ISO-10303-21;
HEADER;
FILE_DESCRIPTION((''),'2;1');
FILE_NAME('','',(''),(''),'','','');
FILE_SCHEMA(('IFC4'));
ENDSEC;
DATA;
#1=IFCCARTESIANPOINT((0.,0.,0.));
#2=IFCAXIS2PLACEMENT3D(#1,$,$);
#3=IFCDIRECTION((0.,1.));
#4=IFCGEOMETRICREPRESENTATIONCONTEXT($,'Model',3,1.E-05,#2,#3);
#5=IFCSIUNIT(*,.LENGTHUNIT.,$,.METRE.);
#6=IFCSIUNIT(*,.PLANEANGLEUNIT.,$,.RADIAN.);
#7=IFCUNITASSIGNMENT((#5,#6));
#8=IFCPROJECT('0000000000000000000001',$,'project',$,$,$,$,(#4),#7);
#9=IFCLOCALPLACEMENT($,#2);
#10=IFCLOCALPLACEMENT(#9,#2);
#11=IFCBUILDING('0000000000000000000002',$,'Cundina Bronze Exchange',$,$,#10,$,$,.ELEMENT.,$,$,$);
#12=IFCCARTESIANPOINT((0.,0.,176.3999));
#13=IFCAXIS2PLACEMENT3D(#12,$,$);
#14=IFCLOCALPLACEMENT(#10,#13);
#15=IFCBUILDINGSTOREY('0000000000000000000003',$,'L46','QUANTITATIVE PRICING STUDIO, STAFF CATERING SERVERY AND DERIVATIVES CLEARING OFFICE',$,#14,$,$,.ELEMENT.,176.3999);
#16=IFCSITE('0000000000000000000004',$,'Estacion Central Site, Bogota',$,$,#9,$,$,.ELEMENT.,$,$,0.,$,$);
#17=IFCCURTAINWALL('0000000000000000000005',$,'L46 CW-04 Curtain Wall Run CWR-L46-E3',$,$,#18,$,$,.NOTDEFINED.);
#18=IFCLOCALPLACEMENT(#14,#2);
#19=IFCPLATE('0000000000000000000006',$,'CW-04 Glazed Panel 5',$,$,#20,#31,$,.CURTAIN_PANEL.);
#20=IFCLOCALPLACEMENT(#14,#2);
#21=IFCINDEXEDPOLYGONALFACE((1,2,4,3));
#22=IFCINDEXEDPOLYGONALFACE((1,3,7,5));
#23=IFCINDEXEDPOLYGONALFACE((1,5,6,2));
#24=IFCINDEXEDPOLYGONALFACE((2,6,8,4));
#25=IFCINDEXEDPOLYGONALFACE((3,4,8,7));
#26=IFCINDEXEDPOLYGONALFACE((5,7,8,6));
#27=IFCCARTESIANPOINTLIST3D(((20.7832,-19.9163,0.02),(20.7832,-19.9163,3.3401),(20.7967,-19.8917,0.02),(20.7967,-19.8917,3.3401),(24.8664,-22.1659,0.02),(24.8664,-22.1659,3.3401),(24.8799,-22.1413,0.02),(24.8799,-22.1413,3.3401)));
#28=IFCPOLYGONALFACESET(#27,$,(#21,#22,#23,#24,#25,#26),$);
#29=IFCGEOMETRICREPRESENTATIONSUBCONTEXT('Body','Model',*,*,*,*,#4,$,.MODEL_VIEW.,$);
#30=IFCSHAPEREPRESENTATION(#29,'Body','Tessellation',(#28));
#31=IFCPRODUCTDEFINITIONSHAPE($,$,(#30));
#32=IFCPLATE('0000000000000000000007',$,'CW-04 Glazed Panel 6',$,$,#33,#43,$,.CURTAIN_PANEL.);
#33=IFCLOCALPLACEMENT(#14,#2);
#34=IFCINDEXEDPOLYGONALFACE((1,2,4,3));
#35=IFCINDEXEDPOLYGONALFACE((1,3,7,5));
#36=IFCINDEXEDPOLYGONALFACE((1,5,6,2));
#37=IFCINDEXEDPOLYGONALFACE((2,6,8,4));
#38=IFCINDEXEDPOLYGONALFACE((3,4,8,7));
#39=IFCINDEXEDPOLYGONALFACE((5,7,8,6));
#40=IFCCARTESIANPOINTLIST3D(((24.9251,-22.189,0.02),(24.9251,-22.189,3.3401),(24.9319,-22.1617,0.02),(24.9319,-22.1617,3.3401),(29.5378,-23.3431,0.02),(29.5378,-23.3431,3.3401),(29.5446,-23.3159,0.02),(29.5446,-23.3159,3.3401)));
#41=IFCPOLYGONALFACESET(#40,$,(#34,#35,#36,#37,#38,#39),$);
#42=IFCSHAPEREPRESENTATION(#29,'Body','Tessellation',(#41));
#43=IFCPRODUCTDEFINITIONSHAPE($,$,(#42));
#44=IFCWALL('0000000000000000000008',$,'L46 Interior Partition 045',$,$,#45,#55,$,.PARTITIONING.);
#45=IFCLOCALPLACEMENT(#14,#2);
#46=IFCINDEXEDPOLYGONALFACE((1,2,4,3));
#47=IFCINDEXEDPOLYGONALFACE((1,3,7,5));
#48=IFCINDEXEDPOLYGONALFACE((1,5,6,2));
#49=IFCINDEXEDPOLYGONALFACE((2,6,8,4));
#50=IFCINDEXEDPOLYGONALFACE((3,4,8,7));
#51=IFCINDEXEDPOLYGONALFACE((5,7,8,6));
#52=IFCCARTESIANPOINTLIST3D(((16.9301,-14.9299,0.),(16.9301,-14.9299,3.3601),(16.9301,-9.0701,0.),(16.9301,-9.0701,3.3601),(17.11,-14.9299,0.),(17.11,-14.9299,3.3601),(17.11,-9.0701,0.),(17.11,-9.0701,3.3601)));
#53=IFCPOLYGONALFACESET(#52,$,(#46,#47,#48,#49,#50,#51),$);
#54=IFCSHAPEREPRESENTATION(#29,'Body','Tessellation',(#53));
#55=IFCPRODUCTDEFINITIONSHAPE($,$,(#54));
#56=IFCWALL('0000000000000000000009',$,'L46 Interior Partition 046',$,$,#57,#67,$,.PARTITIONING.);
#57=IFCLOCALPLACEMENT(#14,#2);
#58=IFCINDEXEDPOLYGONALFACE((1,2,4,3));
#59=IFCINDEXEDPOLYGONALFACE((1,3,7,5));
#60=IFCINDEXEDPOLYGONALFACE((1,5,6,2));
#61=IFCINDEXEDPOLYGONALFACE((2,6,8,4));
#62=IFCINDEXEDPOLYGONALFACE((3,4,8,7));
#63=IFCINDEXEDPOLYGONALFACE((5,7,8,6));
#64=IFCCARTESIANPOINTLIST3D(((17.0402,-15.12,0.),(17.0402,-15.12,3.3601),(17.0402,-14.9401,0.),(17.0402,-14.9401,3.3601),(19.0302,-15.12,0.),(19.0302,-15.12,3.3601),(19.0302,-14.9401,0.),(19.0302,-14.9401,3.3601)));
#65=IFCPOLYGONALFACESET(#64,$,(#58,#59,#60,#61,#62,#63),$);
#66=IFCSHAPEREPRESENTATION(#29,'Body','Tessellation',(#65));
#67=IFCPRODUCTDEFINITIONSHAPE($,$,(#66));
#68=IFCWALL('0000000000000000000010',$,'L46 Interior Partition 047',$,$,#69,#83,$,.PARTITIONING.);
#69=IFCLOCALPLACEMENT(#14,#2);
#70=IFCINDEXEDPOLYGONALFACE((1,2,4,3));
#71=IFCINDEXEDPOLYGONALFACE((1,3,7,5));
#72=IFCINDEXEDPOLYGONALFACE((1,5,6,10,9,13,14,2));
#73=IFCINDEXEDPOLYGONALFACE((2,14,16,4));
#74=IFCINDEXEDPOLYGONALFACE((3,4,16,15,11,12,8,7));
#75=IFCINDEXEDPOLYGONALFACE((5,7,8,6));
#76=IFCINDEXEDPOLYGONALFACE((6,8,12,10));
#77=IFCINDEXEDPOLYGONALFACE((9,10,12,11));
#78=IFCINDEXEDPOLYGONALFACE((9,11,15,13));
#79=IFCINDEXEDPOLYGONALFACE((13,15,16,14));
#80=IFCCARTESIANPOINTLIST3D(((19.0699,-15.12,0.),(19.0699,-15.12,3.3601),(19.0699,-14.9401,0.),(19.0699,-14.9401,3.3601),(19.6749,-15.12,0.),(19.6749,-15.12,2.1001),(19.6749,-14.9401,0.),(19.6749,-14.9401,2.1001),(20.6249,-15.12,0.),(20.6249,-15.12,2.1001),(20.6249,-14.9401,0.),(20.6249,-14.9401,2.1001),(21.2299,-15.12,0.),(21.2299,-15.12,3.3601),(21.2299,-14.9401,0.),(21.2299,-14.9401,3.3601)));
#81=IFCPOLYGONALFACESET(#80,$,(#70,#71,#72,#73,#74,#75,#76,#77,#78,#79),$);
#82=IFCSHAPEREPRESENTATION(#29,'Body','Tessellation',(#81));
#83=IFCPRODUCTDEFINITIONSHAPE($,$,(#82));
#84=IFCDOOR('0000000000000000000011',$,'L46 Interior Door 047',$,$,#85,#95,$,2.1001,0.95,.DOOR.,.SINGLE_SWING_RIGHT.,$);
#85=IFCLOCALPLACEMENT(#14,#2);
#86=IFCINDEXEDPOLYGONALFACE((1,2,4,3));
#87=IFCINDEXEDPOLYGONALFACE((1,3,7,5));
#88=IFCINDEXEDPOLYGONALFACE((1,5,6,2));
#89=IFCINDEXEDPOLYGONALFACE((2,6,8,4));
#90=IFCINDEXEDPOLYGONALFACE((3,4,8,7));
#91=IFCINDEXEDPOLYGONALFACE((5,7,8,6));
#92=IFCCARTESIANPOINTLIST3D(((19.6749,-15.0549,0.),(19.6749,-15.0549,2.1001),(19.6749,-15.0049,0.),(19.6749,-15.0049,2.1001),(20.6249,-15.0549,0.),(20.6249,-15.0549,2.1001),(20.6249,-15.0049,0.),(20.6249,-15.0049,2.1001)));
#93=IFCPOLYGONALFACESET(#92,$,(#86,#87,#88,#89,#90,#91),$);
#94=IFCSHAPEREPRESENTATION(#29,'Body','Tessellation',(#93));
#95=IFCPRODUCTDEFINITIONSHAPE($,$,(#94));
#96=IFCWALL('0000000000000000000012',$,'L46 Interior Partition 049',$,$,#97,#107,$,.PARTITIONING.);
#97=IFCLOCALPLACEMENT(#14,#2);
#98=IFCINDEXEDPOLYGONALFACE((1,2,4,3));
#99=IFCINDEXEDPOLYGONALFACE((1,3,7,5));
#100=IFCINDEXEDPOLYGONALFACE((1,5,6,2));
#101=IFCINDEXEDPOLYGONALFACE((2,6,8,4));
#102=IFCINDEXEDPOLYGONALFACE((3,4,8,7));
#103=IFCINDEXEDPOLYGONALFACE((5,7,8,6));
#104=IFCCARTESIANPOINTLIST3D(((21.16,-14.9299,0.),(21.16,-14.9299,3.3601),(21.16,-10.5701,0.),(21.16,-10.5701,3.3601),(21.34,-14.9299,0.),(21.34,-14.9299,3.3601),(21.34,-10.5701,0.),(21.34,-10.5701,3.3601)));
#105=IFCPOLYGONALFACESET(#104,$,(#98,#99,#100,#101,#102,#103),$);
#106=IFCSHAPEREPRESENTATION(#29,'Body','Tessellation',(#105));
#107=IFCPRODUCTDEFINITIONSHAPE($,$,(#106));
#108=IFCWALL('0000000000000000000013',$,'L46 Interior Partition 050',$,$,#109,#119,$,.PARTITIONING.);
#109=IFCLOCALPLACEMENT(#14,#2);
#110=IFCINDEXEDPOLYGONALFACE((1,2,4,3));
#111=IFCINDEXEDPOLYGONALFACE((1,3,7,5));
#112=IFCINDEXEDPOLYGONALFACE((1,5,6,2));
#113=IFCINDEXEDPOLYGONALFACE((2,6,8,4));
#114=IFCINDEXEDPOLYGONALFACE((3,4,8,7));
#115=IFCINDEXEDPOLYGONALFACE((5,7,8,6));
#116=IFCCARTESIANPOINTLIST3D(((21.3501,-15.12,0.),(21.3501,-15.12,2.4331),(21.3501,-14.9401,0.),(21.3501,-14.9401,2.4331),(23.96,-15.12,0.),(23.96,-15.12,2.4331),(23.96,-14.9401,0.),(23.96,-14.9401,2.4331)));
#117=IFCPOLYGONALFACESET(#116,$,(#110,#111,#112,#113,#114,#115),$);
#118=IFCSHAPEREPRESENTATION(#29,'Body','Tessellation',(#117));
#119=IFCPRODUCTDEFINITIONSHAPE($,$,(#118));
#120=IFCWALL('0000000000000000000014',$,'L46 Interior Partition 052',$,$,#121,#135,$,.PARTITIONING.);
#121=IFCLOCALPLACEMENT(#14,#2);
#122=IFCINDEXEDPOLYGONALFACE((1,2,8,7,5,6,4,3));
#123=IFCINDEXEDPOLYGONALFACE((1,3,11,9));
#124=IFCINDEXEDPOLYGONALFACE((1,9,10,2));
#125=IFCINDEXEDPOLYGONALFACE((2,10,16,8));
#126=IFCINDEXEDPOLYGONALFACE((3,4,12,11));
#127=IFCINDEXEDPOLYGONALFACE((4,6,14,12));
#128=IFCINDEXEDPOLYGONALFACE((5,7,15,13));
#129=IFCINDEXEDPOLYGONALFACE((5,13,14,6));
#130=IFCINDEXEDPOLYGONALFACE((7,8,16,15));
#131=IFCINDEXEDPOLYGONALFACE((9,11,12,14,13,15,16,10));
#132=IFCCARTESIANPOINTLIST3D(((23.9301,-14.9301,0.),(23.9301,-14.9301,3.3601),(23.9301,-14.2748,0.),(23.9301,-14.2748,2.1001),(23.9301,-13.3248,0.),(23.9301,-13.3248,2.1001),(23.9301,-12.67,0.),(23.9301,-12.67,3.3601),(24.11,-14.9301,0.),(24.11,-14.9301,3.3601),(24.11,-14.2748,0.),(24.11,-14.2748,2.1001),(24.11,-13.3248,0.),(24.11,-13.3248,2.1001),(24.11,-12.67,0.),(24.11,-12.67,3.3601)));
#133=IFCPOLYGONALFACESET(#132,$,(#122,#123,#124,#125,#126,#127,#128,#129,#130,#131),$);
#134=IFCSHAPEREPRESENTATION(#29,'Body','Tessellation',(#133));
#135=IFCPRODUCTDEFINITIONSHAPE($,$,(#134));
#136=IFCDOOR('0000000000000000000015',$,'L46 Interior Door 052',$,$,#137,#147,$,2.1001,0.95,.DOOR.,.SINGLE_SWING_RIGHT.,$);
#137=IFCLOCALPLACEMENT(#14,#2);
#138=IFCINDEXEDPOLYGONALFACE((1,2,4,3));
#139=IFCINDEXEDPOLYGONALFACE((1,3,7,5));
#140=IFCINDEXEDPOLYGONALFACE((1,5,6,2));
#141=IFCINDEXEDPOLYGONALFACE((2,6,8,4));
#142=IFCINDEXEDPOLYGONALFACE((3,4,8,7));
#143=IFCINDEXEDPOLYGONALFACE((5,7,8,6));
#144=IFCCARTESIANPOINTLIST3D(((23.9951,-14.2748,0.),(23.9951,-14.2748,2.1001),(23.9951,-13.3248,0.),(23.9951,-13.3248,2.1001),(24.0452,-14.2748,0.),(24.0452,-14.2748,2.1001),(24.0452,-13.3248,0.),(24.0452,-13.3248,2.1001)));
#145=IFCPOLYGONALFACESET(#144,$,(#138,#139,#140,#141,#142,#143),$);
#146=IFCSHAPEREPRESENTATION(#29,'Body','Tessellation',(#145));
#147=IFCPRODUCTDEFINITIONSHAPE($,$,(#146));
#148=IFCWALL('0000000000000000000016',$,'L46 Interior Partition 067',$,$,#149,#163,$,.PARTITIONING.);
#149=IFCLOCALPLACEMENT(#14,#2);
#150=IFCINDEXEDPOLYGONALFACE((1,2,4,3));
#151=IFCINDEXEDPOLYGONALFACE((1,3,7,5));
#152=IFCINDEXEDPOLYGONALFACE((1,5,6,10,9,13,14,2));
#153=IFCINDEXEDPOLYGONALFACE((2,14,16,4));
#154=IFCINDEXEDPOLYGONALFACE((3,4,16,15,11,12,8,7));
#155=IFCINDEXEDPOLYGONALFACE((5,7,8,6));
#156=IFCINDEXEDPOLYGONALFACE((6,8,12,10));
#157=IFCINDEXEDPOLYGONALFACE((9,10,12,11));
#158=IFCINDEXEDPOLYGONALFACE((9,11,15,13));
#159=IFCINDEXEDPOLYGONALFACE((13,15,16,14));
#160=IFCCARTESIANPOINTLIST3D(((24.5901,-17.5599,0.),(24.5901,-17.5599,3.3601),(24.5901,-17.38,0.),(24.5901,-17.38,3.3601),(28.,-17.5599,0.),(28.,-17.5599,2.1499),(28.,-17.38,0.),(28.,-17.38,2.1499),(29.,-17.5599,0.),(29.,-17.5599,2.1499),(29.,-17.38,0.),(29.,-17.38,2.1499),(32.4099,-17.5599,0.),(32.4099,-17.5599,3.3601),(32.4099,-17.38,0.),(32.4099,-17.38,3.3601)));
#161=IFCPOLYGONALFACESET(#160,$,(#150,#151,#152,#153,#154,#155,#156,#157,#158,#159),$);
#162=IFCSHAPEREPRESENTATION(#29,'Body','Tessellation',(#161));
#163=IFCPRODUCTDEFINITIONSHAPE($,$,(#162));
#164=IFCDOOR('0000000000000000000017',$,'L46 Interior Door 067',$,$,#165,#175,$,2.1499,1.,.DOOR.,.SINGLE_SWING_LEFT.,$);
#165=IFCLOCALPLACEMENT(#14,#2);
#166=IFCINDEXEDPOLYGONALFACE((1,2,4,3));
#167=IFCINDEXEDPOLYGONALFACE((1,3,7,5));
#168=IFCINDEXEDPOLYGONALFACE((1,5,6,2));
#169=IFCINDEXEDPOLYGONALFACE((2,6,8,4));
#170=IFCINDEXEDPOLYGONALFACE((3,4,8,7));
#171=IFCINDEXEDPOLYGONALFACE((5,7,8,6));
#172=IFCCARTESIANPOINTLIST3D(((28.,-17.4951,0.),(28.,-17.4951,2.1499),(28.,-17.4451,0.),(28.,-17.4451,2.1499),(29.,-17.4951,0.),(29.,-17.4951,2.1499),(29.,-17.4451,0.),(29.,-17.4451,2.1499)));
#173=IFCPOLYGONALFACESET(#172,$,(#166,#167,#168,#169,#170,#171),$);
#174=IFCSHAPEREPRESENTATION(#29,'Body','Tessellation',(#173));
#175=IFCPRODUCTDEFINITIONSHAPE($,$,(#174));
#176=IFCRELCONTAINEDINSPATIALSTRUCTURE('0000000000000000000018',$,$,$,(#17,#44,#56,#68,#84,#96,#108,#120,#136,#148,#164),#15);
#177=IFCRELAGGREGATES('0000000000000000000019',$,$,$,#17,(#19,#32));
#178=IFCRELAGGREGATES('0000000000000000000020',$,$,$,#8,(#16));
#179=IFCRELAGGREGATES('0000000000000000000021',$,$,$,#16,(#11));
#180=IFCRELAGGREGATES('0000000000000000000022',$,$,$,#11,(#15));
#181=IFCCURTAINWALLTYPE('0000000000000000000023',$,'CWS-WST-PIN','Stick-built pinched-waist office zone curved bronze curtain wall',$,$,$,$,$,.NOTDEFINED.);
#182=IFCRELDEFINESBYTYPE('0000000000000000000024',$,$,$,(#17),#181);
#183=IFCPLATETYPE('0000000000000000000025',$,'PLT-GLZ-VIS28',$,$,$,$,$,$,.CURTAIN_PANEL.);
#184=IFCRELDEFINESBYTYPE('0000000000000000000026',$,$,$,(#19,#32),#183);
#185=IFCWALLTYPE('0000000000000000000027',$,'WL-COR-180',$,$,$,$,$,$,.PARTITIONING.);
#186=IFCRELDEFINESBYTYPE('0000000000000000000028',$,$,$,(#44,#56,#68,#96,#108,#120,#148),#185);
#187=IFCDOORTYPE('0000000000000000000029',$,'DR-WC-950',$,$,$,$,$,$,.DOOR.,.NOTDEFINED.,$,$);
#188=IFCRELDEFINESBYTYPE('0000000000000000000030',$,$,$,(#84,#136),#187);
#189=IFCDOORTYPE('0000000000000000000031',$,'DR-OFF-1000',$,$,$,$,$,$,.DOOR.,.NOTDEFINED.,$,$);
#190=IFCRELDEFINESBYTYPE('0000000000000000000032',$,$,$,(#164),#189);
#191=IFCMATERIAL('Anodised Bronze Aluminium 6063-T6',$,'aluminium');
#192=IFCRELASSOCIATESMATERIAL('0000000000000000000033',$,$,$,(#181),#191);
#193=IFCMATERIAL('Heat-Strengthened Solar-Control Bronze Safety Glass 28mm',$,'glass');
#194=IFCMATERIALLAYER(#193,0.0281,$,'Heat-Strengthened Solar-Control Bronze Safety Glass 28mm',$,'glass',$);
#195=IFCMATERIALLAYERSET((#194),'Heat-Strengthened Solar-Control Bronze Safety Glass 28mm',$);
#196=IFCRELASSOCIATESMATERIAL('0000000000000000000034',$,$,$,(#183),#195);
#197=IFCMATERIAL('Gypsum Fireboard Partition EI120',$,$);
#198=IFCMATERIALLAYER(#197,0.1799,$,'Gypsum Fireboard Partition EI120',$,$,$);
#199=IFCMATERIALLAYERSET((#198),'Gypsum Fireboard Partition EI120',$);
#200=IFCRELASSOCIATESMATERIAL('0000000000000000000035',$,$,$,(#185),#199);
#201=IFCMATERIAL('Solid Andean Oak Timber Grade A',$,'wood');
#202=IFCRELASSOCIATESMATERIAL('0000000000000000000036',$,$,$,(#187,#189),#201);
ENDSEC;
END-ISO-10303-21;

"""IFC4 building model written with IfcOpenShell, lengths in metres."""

from ifc_helpers import new_model, si_unit, direction, frame, frame_2d, origin, origin_2d, place, context, subcontext, project, spatial, rectangle, extrude, material, layer, layer_set, type_object, element, fill, aggregate, save


model = new_model("IFC4")

# Units and contexts
model_context = context("Model", 3, precision=1e-05, world=origin(), true_north=direction((0.0, 1.0)))
body_context = subcontext(model_context, "Body", "Model", "MODEL_VIEW")
ifc_project = project(units=[si_unit("LENGTHUNIT", "METRE"), si_unit("PLANEANGLEUNIT", "RADIAN")], contexts=[model_context])

# Site, building, storey
site_placement = place(None, origin())
site = spatial("IfcSite", under=ifc_project, at=site_placement, Name="Estacion Central Site, Bogota", CompositionType="ELEMENT", RefElevation=0.0)
building_placement = place(site_placement, origin())
building = spatial("IfcBuilding", under=site, at=building_placement, Name="Cundina Bronze Exchange", CompositionType="ELEMENT")
storey_placement = place(building_placement, frame((0.0, 0.0, 176.3999)))
storey = spatial("IfcBuildingStorey", under=building, at=storey_placement, Name="L46", Description="QUANTITATIVE PRICING STUDIO, STAFF CATERING SERVERY AND DERIVATIVES CLEARING OFFICE", CompositionType="ELEMENT", Elevation=176.3999)

# Curtain wall, plates
ifc_material_1 = material(Name="Anodised Bronze Aluminium 6063-T6", Category="aluminium")
curtain_wall_type = type_object("IfcCurtainWallType", Name="CWS-WST-PIN", Description="Stick-built pinched-waist office zone curved bronze curtain wall", PredefinedType="NOTDEFINED", material=ifc_material_1)
curtain_wall_placement = place(storey_placement, origin())
curtain_wall = element("IfcCurtainWall", 1, at=curtain_wall_placement, inside=storey, type_object=curtain_wall_type, Name="L46 CW-04 Curtain Wall Run CWR-L46-E3", PredefinedType="NOTDEFINED")
ifc_material_2 = material(Name="Heat-Strengthened Solar-Control Bronze Safety Glass 28mm", Category="glass")
ifc_layer_1 = layer(ifc_material_2, 0.0281, Name="Heat-Strengthened Solar-Control Bronze Safety Glass 28mm", Category="glass")
ifc_layer_set_1 = layer_set([ifc_layer_1], Name="Heat-Strengthened Solar-Control Bronze Safety Glass 28mm")
plate_type = type_object("IfcPlateType", Name="PLT-GLZ-VIS28", PredefinedType="CURTAIN_PANEL", material=ifc_layer_set_1)
plate_1_placement = place(storey_placement, frame((22.8315, -21.0288, 0.02), z_axis=(0.0, 0.0, 1.0), x_axis=(0.875869, -0.482549, 0.0)))
plate_1 = element("IfcPlate", 2, at=plate_1_placement, type_object=plate_type, Name="CW-04 Glazed Panel 5", PredefinedType="CURTAIN_PANEL", context=body_context, shape_type="SweptSolid", body=[
    extrude(rectangle(XDim=4.6619, YDim=0.0281, at=origin_2d()), origin(), (0.0, 0.0, 1.0), 3.3201),
])
plate_2_placement = place(storey_placement, frame((27.2349, -22.7524, 0.02), z_axis=(0.0, 0.0, 1.0), x_axis=(0.970093, -0.242735, 0.0)))
plate_2 = element("IfcPlate", 3, at=plate_2_placement, type_object=plate_type, Name="CW-04 Glazed Panel 6", PredefinedType="CURTAIN_PANEL", context=body_context, shape_type="SweptSolid", body=[
    extrude(rectangle(XDim=4.7549, YDim=0.0281, at=origin_2d()), origin(), (0.0, 0.0, 1.0), 3.3201),
])
aggregate(curtain_wall, [plate_1, plate_2])

# Walls
ifc_material_3 = material(Name="Gypsum Fireboard Partition EI120")
ifc_layer_2 = layer(ifc_material_3, 0.1799, Name="Gypsum Fireboard Partition EI120")
ifc_layer_set_2 = layer_set([ifc_layer_2], Name="Gypsum Fireboard Partition EI120")
wall_type_1 = type_object("IfcWallType", Name="WL-COR-180", PredefinedType="PARTITIONING", material=ifc_layer_set_2)
wall_1_placement = place(storey_placement, frame((17.02, -14.9299, 0.0), z_axis=(0.0, 0.0, 1.0), x_axis=(0.0, 1.0, 0.0)))
element("IfcWall", 4, at=wall_1_placement, inside=storey, type_object=wall_type_1, Name="L46 Interior Partition 045", PredefinedType="PARTITIONING", context=body_context, shape_type="SweptSolid", body=[
    extrude(rectangle(XDim=5.8599, YDim=0.1799, at=frame_2d((2.9299, 0.0))), origin(), (0.0, 0.0, 1.0), 3.3601),
])
wall_2_placement = place(storey_placement, frame((17.04, -15.03, 0.0), z_axis=(0.0, 0.0, 1.0), x_axis=(1.0, 0.0, 0.0)))
element("IfcWall", 5, at=wall_2_placement, inside=storey, type_object=wall_type_1, Name="L46 Interior Partition 046", PredefinedType="PARTITIONING", context=body_context, shape_type="SweptSolid", body=[
    extrude(rectangle(XDim=1.99, YDim=0.1799, at=frame_2d((0.9951, 0.0))), origin(), (0.0, 0.0, 1.0), 3.3601),
])

# Wall, opening, door
wall_3_placement = place(storey_placement, frame((21.23, -15.03, 0.0), z_axis=(0.0, 0.0, 1.0), x_axis=(-1.0, 0.0, 0.0)))
wall_3 = element("IfcWall", 6, at=wall_3_placement, inside=storey, type_object=wall_type_1, Name="L46 Interior Partition 047", PredefinedType="PARTITIONING", context=body_context, shape_type="SweptSolid", body=[
    extrude(rectangle(XDim=2.1599, YDim=0.1799, at=frame_2d((1.0801, 0.0))), origin(), (0.0, 0.0, 1.0), 3.3601),
])
opening_1_placement = place(wall_3_placement, frame((0.605, 0.0, 0.0)))
opening_1 = element("IfcOpeningElement", 7, at=opening_1_placement, cuts=wall_3, PredefinedType="OPENING", context=body_context, shape_type="SweptSolid", body=[
    extrude(rectangle(XDim=0.95, YDim=2.1001, at=frame_2d((0.4751, 1.05))), frame((0.0, 0.0999, 0.0), z_axis=(0.0, -1.0, 0.0), x_axis=(1.0, 0.0, 0.0)), (0.0, 0.0, 1.0), 0.2),
])
ifc_material_4 = material(Name="Solid Andean Oak Timber Grade A", Category="wood")
door_type_1 = type_object("IfcDoorType", Name="DR-WC-950", OperationType="NOTDEFINED", PredefinedType="DOOR", material=ifc_material_4)
door_1_placement = place(opening_1_placement, origin())
door_1 = element("IfcDoor", 8, at=door_1_placement, inside=storey, type_object=door_type_1, Name="L46 Interior Door 047", OperationType="SINGLE_SWING_RIGHT", OverallHeight=2.1001, OverallWidth=0.95, PredefinedType="DOOR", context=body_context, shape_type="SweptSolid", body=[
    extrude(rectangle(XDim=0.95, YDim=2.1001, at=frame_2d((0.4751, 1.05))), frame((0.0, 0.0249, 0.0), z_axis=(0.0, -1.0, 0.0), x_axis=(1.0, 0.0, 0.0)), (0.0, 0.0, 1.0), 0.05),
])
fill(opening_1, door_1)

# Walls
wall_4_placement = place(storey_placement, frame((21.25, -14.9299, 0.0), z_axis=(0.0, 0.0, 1.0), x_axis=(0.0, 1.0, 0.0)))
element("IfcWall", 9, at=wall_4_placement, inside=storey, type_object=wall_type_1, Name="L46 Interior Partition 049", PredefinedType="PARTITIONING", context=body_context, shape_type="SweptSolid", body=[
    extrude(rectangle(XDim=4.3599, YDim=0.1799, at=frame_2d((2.1799, 0.0))), origin(), (0.0, 0.0, 1.0), 3.3601),
])
wall_5_placement = place(storey_placement, frame((21.3501, -15.03, 0.0), z_axis=(0.0, 0.0, 1.0), x_axis=(1.0, 0.0, 0.0)))
element("IfcWall", 10, at=wall_5_placement, inside=storey, type_object=wall_type_1, Name="L46 Interior Partition 050", PredefinedType="PARTITIONING", context=body_context, shape_type="SweptSolid", body=[
    extrude(rectangle(XDim=2.6099, YDim=0.1799, at=frame_2d((1.3049, 0.0))), origin(), (0.0, 0.0, 1.0), 2.4331),
])

# Walls, openings, doors
wall_6_placement = place(storey_placement, frame((24.02, -14.9299, 0.0), z_axis=(0.0, 0.0, 1.0), x_axis=(0.0, 1.0, 0.0)))
wall_6 = element("IfcWall", 11, at=wall_6_placement, inside=storey, type_object=wall_type_1, Name="L46 Interior Partition 052", PredefinedType="PARTITIONING", context=body_context, shape_type="SweptSolid", body=[
    extrude(rectangle(XDim=2.26, YDim=0.1799, at=frame_2d((1.1299, 0.0))), origin(), (0.0, 0.0, 1.0), 3.3601),
])
opening_2_placement = place(wall_6_placement, frame((0.655, 0.0, 0.0)))
opening_2 = element("IfcOpeningElement", 12, at=opening_2_placement, cuts=wall_6, PredefinedType="OPENING", context=body_context, shape_type="SweptSolid", body=[
    extrude(rectangle(XDim=0.95, YDim=2.1001, at=frame_2d((0.4751, 1.05))), frame((0.0, 0.0999, 0.0), z_axis=(0.0, -1.0, 0.0), x_axis=(1.0, 0.0, 0.0)), (0.0, 0.0, 1.0), 0.2),
])
door_2_placement = place(opening_2_placement, origin())
door_2 = element("IfcDoor", 13, at=door_2_placement, inside=storey, type_object=door_type_1, Name="L46 Interior Door 052", OperationType="SINGLE_SWING_RIGHT", OverallHeight=2.1001, OverallWidth=0.95, PredefinedType="DOOR", context=body_context, shape_type="SweptSolid", body=[
    extrude(rectangle(XDim=0.95, YDim=2.1001, at=frame_2d((0.4751, 1.05))), frame((0.0, 0.0249, 0.0), z_axis=(0.0, -1.0, 0.0), x_axis=(1.0, 0.0, 0.0)), (0.0, 0.0, 1.0), 0.05),
])
fill(opening_2, door_2)
wall_7_placement = place(storey_placement, frame((24.5901, -17.47, 0.0), z_axis=(0.0, 0.0, 1.0), x_axis=(1.0, 0.0, 0.0)))
wall_7 = element("IfcWall", 14, at=wall_7_placement, inside=storey, type_object=wall_type_1, Name="L46 Interior Partition 067", PredefinedType="PARTITIONING", context=body_context, shape_type="SweptSolid", body=[
    extrude(rectangle(XDim=7.8198, YDim=0.1799, at=frame_2d((3.9099, 0.0))), origin(), (0.0, 0.0, 1.0), 3.3601),
])
opening_3_placement = place(wall_7_placement, frame((3.4099, 0.0, 0.0)))
opening_3 = element("IfcOpeningElement", 15, at=opening_3_placement, cuts=wall_7, PredefinedType="OPENING", context=body_context, shape_type="SweptSolid", body=[
    extrude(rectangle(XDim=1.0, YDim=2.1499, at=frame_2d((0.5, 1.075))), frame((0.0, 0.0999, 0.0), z_axis=(0.0, -1.0, 0.0), x_axis=(1.0, 0.0, 0.0)), (0.0, 0.0, 1.0), 0.2),
])
door_type_2 = type_object("IfcDoorType", Name="DR-OFF-1000", OperationType="NOTDEFINED", PredefinedType="DOOR", material=ifc_material_4)
door_3_placement = place(opening_3_placement, origin())
door_3 = element("IfcDoor", 16, at=door_3_placement, inside=storey, type_object=door_type_2, Name="L46 Interior Door 067", OperationType="SINGLE_SWING_LEFT", OverallHeight=2.1499, OverallWidth=1.0, PredefinedType="DOOR", context=body_context, shape_type="SweptSolid", body=[
    extrude(rectangle(XDim=1.0, YDim=2.1499, at=frame_2d((0.5, 1.075))), frame((0.0, 0.0249, 0.0), z_axis=(0.0, -1.0, 0.0), x_axis=(1.0, 0.0, 0.0)), (0.0, 0.0, 1.0), 0.05),
])
fill(opening_3, door_3)

save(model, "model.ifc")
